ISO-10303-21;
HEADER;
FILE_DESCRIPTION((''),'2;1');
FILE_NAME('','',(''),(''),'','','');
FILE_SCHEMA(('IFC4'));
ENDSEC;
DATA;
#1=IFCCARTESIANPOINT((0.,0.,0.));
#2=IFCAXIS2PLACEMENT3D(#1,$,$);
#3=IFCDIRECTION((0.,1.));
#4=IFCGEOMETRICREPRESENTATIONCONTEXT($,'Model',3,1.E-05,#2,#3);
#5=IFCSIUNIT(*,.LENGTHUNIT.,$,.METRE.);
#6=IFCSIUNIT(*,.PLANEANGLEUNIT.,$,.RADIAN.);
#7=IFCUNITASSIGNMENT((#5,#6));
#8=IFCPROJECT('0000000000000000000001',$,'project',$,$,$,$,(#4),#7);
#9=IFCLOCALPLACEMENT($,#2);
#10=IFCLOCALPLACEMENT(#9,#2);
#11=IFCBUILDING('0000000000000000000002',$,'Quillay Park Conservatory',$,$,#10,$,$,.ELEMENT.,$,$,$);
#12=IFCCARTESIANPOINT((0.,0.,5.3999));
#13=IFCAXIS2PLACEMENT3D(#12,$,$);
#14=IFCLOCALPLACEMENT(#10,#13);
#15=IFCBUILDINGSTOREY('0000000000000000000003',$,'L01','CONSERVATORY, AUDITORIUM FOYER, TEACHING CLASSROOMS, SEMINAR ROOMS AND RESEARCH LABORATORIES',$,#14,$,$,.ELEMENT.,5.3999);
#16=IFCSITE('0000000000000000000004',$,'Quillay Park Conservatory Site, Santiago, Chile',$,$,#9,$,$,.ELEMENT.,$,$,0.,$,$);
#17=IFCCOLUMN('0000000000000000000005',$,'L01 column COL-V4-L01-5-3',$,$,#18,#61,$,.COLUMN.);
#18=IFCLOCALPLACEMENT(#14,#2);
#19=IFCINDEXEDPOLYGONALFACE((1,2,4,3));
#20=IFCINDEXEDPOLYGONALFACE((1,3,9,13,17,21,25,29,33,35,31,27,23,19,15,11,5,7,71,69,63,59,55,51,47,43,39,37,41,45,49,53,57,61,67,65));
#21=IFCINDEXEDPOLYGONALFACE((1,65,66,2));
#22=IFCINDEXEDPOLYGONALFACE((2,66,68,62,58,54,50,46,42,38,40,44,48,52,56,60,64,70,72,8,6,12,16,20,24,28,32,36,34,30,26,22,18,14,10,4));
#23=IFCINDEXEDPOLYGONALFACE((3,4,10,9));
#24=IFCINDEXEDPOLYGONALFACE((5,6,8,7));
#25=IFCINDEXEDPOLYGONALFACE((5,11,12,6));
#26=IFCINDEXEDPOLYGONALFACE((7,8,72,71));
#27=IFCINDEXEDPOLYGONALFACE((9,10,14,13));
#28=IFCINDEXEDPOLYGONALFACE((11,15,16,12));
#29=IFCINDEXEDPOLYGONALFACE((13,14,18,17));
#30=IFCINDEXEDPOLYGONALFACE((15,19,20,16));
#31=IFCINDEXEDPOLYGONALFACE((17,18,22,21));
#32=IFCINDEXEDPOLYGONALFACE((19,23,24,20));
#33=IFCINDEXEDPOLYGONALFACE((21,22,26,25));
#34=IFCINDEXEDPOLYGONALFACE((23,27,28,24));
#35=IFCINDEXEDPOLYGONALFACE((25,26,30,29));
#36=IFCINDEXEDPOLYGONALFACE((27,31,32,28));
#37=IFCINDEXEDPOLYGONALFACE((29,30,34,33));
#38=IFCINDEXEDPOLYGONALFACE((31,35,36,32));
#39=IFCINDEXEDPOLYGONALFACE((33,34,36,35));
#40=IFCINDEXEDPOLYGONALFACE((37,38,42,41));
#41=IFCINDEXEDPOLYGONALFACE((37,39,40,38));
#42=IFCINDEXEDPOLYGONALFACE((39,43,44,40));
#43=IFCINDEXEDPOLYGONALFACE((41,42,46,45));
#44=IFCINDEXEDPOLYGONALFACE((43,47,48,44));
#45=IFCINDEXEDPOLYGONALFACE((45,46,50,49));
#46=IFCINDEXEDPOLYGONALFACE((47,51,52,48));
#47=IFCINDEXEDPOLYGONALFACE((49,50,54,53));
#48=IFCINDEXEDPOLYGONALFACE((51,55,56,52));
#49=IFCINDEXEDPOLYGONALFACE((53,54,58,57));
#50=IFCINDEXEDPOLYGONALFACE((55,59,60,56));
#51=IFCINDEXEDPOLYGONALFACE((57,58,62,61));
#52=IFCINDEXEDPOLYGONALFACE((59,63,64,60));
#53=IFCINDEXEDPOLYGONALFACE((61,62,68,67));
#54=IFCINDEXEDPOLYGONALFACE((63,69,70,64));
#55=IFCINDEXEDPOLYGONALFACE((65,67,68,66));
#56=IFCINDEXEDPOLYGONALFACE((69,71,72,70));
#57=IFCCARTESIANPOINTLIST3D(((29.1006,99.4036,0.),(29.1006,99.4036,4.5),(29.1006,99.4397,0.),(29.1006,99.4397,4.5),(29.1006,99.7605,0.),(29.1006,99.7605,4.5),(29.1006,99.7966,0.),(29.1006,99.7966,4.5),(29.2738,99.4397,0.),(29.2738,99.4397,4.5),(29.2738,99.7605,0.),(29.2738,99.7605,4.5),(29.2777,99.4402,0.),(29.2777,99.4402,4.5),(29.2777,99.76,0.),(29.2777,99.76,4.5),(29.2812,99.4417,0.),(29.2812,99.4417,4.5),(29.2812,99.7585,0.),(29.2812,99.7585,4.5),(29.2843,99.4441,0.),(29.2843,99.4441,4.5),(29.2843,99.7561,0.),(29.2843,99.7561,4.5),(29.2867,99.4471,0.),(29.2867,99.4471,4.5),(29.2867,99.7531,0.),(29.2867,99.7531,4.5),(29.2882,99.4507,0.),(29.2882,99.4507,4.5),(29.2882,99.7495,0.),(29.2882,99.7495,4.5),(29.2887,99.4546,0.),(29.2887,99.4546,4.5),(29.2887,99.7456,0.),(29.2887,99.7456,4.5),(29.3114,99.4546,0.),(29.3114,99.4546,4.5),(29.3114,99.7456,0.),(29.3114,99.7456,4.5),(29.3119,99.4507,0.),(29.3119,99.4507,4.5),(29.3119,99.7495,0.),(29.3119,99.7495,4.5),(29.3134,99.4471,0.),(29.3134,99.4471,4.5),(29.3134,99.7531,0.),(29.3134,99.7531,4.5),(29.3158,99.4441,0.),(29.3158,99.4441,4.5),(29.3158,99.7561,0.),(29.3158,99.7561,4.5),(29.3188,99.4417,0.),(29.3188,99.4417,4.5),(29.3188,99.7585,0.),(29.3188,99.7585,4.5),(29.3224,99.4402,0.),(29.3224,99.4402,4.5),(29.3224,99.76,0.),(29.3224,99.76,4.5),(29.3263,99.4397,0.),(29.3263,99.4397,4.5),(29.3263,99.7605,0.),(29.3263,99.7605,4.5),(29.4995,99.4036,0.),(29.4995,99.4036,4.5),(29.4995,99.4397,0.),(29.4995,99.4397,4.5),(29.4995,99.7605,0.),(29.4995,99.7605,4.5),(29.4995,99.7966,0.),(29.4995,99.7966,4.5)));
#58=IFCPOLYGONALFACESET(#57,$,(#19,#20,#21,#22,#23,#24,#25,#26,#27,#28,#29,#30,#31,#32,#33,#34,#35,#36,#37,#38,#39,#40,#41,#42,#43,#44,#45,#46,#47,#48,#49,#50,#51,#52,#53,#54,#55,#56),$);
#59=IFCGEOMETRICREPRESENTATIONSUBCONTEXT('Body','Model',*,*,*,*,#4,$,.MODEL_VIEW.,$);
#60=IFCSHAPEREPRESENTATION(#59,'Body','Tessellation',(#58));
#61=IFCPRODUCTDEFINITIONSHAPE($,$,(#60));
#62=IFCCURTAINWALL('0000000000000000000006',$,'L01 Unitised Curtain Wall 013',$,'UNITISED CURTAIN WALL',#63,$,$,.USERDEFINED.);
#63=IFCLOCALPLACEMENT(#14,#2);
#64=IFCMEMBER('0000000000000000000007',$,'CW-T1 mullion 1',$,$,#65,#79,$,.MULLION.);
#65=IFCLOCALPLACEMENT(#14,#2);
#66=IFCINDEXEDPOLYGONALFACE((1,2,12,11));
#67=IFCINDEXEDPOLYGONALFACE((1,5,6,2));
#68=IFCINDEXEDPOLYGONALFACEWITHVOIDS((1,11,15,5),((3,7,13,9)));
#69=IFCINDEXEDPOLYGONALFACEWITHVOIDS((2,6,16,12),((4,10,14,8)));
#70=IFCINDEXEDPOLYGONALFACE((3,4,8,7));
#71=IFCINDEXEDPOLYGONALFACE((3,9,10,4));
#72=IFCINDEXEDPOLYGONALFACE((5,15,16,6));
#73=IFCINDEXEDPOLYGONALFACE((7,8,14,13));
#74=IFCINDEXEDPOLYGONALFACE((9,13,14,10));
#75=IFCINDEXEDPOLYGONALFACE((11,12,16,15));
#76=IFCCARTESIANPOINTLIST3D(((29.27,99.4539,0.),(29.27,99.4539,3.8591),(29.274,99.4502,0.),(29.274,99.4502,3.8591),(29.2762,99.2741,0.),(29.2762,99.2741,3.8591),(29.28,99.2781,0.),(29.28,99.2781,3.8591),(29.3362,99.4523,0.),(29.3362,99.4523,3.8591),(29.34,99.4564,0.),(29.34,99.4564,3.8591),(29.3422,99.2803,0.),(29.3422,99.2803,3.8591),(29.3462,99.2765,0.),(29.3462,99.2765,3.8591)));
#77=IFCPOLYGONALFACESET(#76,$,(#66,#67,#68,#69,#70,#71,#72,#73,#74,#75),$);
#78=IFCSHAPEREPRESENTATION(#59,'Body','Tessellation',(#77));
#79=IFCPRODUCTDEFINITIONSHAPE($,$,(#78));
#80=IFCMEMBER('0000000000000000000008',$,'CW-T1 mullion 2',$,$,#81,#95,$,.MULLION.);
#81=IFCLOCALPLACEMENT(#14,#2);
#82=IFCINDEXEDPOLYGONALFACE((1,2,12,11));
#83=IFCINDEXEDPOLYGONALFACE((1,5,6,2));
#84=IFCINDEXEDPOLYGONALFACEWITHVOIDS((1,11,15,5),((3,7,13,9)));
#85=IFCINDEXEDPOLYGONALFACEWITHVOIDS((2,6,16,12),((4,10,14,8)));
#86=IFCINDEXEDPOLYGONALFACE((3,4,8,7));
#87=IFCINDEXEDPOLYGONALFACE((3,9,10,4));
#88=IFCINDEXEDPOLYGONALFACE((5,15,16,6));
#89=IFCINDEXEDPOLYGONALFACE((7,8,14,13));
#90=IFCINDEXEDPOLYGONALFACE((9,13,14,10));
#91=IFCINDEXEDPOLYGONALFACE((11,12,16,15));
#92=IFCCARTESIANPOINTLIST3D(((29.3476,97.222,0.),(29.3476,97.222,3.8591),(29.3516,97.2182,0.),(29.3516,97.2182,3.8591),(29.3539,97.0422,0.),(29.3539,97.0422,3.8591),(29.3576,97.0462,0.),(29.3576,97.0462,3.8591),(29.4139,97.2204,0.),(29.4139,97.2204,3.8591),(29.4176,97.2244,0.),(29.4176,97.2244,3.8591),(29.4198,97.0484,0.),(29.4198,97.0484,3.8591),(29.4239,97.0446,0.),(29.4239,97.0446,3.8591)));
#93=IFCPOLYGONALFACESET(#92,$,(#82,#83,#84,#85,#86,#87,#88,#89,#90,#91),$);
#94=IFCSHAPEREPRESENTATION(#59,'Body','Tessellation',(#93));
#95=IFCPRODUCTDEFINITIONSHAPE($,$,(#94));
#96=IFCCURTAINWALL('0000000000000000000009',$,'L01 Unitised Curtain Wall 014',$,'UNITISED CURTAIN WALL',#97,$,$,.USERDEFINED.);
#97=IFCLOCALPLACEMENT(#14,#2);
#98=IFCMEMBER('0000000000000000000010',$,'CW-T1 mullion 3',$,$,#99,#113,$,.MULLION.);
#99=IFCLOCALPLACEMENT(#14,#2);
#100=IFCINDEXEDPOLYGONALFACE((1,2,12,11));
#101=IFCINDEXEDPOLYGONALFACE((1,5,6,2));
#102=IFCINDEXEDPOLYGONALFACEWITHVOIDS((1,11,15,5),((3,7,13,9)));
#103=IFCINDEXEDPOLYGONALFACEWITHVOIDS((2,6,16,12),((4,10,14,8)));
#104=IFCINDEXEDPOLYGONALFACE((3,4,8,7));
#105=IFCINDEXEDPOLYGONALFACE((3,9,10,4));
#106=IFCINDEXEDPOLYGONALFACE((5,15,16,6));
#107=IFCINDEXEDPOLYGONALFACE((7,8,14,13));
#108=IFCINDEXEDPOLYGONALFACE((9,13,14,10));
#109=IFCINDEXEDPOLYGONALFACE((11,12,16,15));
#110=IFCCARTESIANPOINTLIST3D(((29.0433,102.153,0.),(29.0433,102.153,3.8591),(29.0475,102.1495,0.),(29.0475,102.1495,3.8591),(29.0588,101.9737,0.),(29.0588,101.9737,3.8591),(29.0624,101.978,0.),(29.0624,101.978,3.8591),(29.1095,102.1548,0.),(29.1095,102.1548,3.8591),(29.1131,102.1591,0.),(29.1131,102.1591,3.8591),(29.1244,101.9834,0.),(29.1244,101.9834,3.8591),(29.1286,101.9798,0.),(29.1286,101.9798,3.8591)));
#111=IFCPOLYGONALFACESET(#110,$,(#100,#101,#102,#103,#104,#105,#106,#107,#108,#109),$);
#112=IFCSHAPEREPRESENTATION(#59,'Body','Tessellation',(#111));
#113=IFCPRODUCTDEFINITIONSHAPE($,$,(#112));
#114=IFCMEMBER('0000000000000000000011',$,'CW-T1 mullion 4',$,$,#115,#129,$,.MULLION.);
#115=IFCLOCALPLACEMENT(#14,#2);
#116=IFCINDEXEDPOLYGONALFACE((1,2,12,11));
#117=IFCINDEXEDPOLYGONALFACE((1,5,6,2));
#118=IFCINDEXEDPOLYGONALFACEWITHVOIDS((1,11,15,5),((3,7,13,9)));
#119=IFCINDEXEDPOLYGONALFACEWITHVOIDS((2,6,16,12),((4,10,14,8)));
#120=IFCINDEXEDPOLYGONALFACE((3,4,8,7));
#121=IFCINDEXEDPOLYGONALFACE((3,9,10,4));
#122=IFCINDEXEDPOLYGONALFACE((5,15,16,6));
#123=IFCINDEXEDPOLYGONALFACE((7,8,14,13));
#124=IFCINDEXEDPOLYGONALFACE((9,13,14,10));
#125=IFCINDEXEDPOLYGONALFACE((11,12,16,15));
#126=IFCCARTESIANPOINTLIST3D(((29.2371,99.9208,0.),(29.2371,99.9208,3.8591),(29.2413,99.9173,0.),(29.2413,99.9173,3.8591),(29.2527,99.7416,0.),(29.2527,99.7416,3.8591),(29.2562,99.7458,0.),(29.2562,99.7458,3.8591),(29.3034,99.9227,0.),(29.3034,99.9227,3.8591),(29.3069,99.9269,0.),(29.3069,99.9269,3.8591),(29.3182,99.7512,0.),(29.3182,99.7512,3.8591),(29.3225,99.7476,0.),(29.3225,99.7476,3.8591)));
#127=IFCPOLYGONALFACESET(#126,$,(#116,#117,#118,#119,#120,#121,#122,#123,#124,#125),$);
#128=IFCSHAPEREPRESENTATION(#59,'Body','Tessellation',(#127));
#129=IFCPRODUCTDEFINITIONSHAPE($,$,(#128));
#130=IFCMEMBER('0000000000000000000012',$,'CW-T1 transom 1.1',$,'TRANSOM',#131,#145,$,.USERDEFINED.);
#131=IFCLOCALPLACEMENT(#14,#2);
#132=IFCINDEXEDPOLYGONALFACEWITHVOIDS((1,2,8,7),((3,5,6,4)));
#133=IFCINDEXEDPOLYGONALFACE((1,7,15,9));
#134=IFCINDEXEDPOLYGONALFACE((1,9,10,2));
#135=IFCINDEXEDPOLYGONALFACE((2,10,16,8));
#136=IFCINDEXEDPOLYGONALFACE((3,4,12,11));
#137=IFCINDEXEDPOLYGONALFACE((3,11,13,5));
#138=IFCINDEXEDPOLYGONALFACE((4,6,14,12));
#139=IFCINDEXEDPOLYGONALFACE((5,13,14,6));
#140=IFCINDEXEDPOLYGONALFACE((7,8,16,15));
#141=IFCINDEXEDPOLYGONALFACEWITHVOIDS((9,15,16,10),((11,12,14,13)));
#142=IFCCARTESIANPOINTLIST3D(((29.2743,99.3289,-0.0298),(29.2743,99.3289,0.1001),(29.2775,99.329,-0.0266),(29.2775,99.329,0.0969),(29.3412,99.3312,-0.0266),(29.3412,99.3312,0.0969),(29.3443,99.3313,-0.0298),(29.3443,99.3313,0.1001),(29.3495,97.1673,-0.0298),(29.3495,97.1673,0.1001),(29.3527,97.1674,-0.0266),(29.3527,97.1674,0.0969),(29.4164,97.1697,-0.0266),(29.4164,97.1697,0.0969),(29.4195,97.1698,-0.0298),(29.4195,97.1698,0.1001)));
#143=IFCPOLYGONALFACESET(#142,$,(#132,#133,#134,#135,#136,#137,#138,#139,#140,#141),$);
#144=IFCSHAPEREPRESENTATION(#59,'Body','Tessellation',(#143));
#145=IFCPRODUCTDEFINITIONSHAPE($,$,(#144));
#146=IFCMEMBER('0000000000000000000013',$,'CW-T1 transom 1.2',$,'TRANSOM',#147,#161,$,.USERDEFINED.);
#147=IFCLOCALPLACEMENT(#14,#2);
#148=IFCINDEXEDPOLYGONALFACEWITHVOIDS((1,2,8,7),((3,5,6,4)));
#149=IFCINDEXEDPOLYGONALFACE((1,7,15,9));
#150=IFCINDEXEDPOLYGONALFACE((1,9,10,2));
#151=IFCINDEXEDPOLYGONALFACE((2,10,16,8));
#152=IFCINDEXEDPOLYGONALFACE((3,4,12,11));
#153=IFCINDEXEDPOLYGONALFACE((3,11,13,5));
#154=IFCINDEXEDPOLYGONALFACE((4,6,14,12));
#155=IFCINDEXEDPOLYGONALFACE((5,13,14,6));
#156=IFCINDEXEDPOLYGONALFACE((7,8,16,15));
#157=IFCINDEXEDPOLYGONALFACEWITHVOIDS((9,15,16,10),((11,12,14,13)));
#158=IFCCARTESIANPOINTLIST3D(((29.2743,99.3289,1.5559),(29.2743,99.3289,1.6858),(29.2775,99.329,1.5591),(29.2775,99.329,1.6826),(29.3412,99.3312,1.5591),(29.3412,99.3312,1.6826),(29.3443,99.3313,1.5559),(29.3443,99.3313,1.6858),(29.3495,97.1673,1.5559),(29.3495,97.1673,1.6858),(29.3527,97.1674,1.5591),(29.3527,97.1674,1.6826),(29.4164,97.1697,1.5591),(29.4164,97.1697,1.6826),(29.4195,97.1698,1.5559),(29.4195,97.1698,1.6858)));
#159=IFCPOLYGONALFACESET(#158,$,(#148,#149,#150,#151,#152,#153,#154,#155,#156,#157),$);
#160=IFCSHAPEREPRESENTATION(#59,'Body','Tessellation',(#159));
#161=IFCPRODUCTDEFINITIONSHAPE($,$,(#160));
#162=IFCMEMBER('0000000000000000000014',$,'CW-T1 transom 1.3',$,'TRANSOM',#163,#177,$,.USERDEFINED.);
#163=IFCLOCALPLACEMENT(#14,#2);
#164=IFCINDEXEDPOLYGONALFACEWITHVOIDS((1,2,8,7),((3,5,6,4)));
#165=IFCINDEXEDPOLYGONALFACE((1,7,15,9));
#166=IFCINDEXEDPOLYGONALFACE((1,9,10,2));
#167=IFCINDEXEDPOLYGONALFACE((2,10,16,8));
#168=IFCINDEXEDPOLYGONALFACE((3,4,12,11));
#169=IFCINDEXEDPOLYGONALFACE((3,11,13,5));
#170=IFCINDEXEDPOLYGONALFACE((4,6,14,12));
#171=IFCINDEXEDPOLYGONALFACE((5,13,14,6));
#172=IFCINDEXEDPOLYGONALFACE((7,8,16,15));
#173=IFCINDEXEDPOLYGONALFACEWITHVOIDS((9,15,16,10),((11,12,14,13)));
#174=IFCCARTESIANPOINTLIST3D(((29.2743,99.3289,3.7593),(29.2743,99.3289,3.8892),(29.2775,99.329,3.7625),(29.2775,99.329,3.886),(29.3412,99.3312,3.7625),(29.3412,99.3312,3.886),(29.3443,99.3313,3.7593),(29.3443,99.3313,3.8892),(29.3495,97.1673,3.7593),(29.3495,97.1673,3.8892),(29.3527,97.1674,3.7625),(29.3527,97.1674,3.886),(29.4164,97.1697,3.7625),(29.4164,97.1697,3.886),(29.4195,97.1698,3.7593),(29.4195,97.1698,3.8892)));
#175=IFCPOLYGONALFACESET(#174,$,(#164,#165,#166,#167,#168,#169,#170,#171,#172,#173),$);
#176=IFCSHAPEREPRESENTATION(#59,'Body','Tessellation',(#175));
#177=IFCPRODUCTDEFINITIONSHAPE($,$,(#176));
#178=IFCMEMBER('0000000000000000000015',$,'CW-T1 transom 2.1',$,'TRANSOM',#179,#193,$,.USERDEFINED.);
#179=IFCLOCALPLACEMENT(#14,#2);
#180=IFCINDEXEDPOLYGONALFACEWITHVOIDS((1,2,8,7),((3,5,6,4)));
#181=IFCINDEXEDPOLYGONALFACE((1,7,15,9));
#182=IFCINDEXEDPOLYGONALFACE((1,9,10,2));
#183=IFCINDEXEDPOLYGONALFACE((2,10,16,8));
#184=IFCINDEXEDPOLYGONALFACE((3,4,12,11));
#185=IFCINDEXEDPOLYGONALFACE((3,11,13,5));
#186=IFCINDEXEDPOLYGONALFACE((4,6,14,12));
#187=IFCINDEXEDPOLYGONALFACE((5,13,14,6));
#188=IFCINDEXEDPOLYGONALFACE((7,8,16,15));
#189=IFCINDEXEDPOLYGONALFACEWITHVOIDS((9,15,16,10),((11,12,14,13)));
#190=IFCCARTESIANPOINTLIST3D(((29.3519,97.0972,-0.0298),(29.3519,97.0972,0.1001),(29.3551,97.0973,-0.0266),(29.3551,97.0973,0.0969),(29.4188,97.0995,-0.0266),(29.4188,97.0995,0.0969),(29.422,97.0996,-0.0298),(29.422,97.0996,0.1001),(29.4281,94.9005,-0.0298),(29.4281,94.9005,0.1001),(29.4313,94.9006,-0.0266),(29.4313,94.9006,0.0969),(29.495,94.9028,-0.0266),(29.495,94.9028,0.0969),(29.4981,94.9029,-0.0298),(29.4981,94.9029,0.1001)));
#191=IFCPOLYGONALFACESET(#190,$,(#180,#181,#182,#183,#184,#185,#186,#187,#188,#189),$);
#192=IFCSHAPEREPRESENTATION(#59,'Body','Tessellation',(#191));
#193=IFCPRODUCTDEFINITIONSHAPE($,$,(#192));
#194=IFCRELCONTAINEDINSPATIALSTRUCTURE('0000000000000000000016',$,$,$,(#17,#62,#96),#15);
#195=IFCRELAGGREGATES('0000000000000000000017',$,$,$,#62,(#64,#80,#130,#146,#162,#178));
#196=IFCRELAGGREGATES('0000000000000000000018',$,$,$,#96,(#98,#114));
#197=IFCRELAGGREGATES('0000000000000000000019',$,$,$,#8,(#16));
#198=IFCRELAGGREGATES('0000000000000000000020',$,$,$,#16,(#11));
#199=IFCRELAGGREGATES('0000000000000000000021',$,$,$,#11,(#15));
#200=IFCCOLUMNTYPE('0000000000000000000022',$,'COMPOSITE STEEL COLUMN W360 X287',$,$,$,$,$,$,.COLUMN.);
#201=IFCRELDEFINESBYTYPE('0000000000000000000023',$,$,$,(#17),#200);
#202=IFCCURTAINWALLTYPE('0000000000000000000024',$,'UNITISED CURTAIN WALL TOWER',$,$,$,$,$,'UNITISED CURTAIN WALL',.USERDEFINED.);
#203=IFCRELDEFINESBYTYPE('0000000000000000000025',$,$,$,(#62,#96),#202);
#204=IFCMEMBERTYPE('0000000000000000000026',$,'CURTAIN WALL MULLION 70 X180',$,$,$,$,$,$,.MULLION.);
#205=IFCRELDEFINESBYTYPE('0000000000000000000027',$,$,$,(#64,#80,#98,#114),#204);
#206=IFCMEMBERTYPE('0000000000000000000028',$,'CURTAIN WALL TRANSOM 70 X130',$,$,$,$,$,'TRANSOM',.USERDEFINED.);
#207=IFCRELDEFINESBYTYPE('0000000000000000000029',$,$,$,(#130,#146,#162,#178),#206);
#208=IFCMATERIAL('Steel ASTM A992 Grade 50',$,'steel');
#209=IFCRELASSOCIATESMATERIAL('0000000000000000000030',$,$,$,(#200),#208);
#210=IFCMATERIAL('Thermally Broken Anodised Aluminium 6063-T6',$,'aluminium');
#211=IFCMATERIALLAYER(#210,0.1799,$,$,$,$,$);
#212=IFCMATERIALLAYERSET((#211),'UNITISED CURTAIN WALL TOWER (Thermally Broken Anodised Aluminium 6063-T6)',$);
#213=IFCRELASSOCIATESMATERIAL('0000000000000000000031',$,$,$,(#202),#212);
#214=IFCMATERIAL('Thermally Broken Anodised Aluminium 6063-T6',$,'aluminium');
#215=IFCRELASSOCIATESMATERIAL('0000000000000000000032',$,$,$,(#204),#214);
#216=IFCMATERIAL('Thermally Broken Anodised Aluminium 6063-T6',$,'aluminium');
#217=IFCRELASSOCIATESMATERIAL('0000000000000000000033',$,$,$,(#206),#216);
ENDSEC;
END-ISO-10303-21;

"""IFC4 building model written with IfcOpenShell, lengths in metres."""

from ifc_helpers import new_model, si_unit, direction, frame, origin, origin_2d, place, context, subcontext, project, spatial, hollow_rectangle, i_section, extrude, material, layer, layer_set, material_profile, profile_set, type_object, element, aggregate, save


model = new_model("IFC4")

# Units and contexts
model_context = context("Model", 3, precision=1e-05, world=origin(), true_north=direction((0.0, 1.0)))
body_context = subcontext(model_context, "Body", "Model", "MODEL_VIEW")
ifc_project = project(units=[si_unit("LENGTHUNIT", "METRE"), si_unit("PLANEANGLEUNIT", "RADIAN")], contexts=[model_context])

# Site, building, storey
site_placement = place(None, origin())
site = spatial("IfcSite", under=ifc_project, at=site_placement, Name="Quillay Park Conservatory Site, Santiago, Chile", CompositionType="ELEMENT", RefElevation=0.0)
building_placement = place(site_placement, origin())
building = spatial("IfcBuilding", under=site, at=building_placement, Name="Quillay Park Conservatory", CompositionType="ELEMENT")
storey_placement = place(building_placement, frame((0.0, 0.0, 5.3999)))
storey = spatial("IfcBuildingStorey", under=building, at=storey_placement, Name="L01", Description="CONSERVATORY, AUDITORIUM FOYER, TEACHING CLASSROOMS, SEMINAR ROOMS AND RESEARCH LABORATORIES", CompositionType="ELEMENT", Elevation=5.3999)

# Column
ifc_material_1 = material(Name="Steel ASTM A992 Grade 50", Category="steel")
ifc_material_profile_1 = material_profile(ifc_material_1, i_section(OverallWidth=0.3989, OverallDepth=0.3931, WebThickness=0.0227, FlangeThickness=0.0361, FilletRadius=0.0149, at=origin_2d()), Name="W360x287")
ifc_profile_set_1 = profile_set([ifc_material_profile_1], Name="Steel ASTM A992 Grade 50")
column_type = type_object("IfcColumnType", Name="COMPOSITE STEEL COLUMN W360 X287", PredefinedType="COLUMN", material=ifc_profile_set_1)
column_placement = place(storey_placement, frame((29.3, 99.6001, 0.0), z_axis=(0.0, 0.0, 1.0), x_axis=(1.0, 0.0, 0.0)))
element("IfcColumn", 1, at=column_placement, inside=storey, type_object=column_type, Name="L01 column COL-V4-L01-5-3", PredefinedType="COLUMN", context=body_context, shape_type="SweptSolid", body=[
    extrude(i_section(OverallWidth=0.3989, OverallDepth=0.3931, WebThickness=0.0227, FlangeThickness=0.0361, FilletRadius=0.0149, at=origin_2d()), origin(), (0.0, 0.0, 1.0), 4.5),
])

# Curtain walls, members
ifc_material_2 = material(Name="Thermally Broken Anodised Aluminium 6063-T6", Category="aluminium")
ifc_layer_1 = layer(ifc_material_2, 0.1799)
ifc_layer_set_1 = layer_set([ifc_layer_1], Name="UNITISED CURTAIN WALL TOWER (Thermally Broken Anodised Aluminium 6063-T6)")
curtain_wall_type = type_object("IfcCurtainWallType", Name="UNITISED CURTAIN WALL TOWER", ElementType="UNITISED CURTAIN WALL", PredefinedType="USERDEFINED", material=ifc_layer_set_1)
curtain_wall_1_placement = place(storey_placement, origin())
curtain_wall_1 = element("IfcCurtainWall", 2, at=curtain_wall_1_placement, inside=storey, type_object=curtain_wall_type, Name="L01 Unitised Curtain Wall 013", ObjectType="UNITISED CURTAIN WALL", PredefinedType="USERDEFINED")
ifc_material_3 = material(Name="Thermally Broken Anodised Aluminium 6063-T6", Category="aluminium")
ifc_material_profile_2 = material_profile(ifc_material_3, hollow_rectangle(XDim=0.0701, YDim=0.1799, WallThickness=0.0039, at=origin_2d()), Name="AL70x180x4")
ifc_profile_set_2 = profile_set([ifc_material_profile_2], Name="Thermally Broken Anodised Aluminium 6063-T6")
member_type_1 = type_object("IfcMemberType", Name="CURTAIN WALL MULLION 70 X180", PredefinedType="MULLION", material=ifc_profile_set_2)
member_1_placement = place(storey_placement, frame((29.3081, 99.3652, 0.0), z_axis=(0.0, 0.0, 1.0), x_axis=(0.999397, 0.034713, 0.0)))
member_1 = element("IfcMember", 3, at=member_1_placement, type_object=member_type_1, Name="CW-T1 mullion 1", PredefinedType="MULLION", context=body_context, shape_type="SweptSolid", body=[
    extrude(hollow_rectangle(XDim=0.0701, YDim=0.1799, WallThickness=0.0039, at=origin_2d()), origin(), (0.0, 0.0, 1.0), 3.8591),
])
member_2_placement = place(storey_placement, frame((29.3857, 97.1333, 0.0), z_axis=(0.0, 0.0, 1.0), x_axis=(0.999397, 0.034713, 0.0)))
member_2 = element("IfcMember", 4, at=member_2_placement, type_object=member_type_1, Name="CW-T1 mullion 2", PredefinedType="MULLION", context=body_context, shape_type="SweptSolid", body=[
    extrude(hollow_rectangle(XDim=0.0701, YDim=0.1799, WallThickness=0.0039, at=origin_2d()), origin(), (0.0, 0.0, 1.0), 3.8591),
])
curtain_wall_2_placement = place(storey_placement, origin())
curtain_wall_2 = element("IfcCurtainWall", 5, at=curtain_wall_2_placement, inside=storey, type_object=curtain_wall_type, Name="L01 Unitised Curtain Wall 014", ObjectType="UNITISED CURTAIN WALL", PredefinedType="USERDEFINED")
member_3_placement = place(storey_placement, frame((29.0859, 102.0664, 0.0), z_axis=(0.0, 0.0, 1.0), x_axis=(0.996254, 0.08648, 0.0)))
member_3 = element("IfcMember", 6, at=member_3_placement, type_object=member_type_1, Name="CW-T1 mullion 3", PredefinedType="MULLION", context=body_context, shape_type="SweptSolid", body=[
    extrude(hollow_rectangle(XDim=0.0701, YDim=0.1799, WallThickness=0.0039, at=origin_2d()), origin(), (0.0, 0.0, 1.0), 3.8591),
])
member_4_placement = place(storey_placement, frame((29.2798, 99.8342, 0.0), z_axis=(0.0, 0.0, 1.0), x_axis=(0.996254, 0.08648, 0.0)))
member_4 = element("IfcMember", 7, at=member_4_placement, type_object=member_type_1, Name="CW-T1 mullion 4", PredefinedType="MULLION", context=body_context, shape_type="SweptSolid", body=[
    extrude(hollow_rectangle(XDim=0.0701, YDim=0.1799, WallThickness=0.0039, at=origin_2d()), origin(), (0.0, 0.0, 1.0), 3.8591),
])

# Members
ifc_material_4 = material(Name="Thermally Broken Anodised Aluminium 6063-T6", Category="aluminium")
ifc_material_profile_3 = material_profile(ifc_material_4, hollow_rectangle(XDim=0.0701, YDim=0.1299, WallThickness=0.0032, at=origin_2d()), Name="AL70x130x3.2")
ifc_profile_set_3 = profile_set([ifc_material_profile_3], Name="Thermally Broken Anodised Aluminium 6063-T6")
member_type_2 = type_object("IfcMemberType", Name="CURTAIN WALL TRANSOM 70 X130", ElementType="TRANSOM", PredefinedType="USERDEFINED", material=ifc_profile_set_3)
member_5_placement = place(storey_placement, frame((29.3093, 99.3301, 0.0352), z_axis=(0.034766, -0.999395, 0.0), x_axis=(0.999395, 0.034766, 0.0)))
member_5 = element("IfcMember", 8, at=member_5_placement, type_object=member_type_2, Name="CW-T1 transom 1.1", ObjectType="TRANSOM", PredefinedType="USERDEFINED", context=body_context, shape_type="SweptSolid", body=[
    extrude(hollow_rectangle(XDim=0.0701, YDim=0.1299, WallThickness=0.0032, at=origin_2d()), origin(), (0.0, 0.0, 1.0), 2.1628),
])
member_6_placement = place(storey_placement, frame((29.3093, 99.3301, 1.6208), z_axis=(0.034766, -0.999395, 0.0), x_axis=(0.999395, 0.034766, 0.0)))
member_6 = element("IfcMember", 9, at=member_6_placement, type_object=member_type_2, Name="CW-T1 transom 1.2", ObjectType="TRANSOM", PredefinedType="USERDEFINED", context=body_context, shape_type="SweptSolid", body=[
    extrude(hollow_rectangle(XDim=0.0701, YDim=0.1299, WallThickness=0.0032, at=origin_2d()), origin(), (0.0, 0.0, 1.0), 2.1628),
])
member_7_placement = place(storey_placement, frame((29.3093, 99.3301, 3.8242), z_axis=(0.034766, -0.999395, 0.0), x_axis=(0.999395, 0.034766, 0.0)))
member_7 = element("IfcMember", 10, at=member_7_placement, type_object=member_type_2, Name="CW-T1 transom 1.3", ObjectType="TRANSOM", PredefinedType="USERDEFINED", context=body_context, shape_type="SweptSolid", body=[
    extrude(hollow_rectangle(XDim=0.0701, YDim=0.1299, WallThickness=0.0032, at=origin_2d()), origin(), (0.0, 0.0, 1.0), 2.1628),
])
member_8_placement = place(storey_placement, frame((29.387, 97.0984, 0.0352), z_axis=(0.034654, -0.999399, 0.0), x_axis=(0.999399, 0.034654, 0.0)))
member_8 = element("IfcMember", 11, at=member_8_placement, type_object=member_type_2, Name="CW-T1 transom 2.1", ObjectType="TRANSOM", PredefinedType="USERDEFINED", context=body_context, shape_type="SweptSolid", body=[
    extrude(hollow_rectangle(XDim=0.0701, YDim=0.1299, WallThickness=0.0032, at=origin_2d()), origin(), (0.0, 0.0, 1.0), 2.198),
])

aggregate(curtain_wall_1, [member_1, member_2, member_5, member_6, member_7, member_8])
aggregate(curtain_wall_2, [member_3, member_4])

save(model, "model.ifc")
